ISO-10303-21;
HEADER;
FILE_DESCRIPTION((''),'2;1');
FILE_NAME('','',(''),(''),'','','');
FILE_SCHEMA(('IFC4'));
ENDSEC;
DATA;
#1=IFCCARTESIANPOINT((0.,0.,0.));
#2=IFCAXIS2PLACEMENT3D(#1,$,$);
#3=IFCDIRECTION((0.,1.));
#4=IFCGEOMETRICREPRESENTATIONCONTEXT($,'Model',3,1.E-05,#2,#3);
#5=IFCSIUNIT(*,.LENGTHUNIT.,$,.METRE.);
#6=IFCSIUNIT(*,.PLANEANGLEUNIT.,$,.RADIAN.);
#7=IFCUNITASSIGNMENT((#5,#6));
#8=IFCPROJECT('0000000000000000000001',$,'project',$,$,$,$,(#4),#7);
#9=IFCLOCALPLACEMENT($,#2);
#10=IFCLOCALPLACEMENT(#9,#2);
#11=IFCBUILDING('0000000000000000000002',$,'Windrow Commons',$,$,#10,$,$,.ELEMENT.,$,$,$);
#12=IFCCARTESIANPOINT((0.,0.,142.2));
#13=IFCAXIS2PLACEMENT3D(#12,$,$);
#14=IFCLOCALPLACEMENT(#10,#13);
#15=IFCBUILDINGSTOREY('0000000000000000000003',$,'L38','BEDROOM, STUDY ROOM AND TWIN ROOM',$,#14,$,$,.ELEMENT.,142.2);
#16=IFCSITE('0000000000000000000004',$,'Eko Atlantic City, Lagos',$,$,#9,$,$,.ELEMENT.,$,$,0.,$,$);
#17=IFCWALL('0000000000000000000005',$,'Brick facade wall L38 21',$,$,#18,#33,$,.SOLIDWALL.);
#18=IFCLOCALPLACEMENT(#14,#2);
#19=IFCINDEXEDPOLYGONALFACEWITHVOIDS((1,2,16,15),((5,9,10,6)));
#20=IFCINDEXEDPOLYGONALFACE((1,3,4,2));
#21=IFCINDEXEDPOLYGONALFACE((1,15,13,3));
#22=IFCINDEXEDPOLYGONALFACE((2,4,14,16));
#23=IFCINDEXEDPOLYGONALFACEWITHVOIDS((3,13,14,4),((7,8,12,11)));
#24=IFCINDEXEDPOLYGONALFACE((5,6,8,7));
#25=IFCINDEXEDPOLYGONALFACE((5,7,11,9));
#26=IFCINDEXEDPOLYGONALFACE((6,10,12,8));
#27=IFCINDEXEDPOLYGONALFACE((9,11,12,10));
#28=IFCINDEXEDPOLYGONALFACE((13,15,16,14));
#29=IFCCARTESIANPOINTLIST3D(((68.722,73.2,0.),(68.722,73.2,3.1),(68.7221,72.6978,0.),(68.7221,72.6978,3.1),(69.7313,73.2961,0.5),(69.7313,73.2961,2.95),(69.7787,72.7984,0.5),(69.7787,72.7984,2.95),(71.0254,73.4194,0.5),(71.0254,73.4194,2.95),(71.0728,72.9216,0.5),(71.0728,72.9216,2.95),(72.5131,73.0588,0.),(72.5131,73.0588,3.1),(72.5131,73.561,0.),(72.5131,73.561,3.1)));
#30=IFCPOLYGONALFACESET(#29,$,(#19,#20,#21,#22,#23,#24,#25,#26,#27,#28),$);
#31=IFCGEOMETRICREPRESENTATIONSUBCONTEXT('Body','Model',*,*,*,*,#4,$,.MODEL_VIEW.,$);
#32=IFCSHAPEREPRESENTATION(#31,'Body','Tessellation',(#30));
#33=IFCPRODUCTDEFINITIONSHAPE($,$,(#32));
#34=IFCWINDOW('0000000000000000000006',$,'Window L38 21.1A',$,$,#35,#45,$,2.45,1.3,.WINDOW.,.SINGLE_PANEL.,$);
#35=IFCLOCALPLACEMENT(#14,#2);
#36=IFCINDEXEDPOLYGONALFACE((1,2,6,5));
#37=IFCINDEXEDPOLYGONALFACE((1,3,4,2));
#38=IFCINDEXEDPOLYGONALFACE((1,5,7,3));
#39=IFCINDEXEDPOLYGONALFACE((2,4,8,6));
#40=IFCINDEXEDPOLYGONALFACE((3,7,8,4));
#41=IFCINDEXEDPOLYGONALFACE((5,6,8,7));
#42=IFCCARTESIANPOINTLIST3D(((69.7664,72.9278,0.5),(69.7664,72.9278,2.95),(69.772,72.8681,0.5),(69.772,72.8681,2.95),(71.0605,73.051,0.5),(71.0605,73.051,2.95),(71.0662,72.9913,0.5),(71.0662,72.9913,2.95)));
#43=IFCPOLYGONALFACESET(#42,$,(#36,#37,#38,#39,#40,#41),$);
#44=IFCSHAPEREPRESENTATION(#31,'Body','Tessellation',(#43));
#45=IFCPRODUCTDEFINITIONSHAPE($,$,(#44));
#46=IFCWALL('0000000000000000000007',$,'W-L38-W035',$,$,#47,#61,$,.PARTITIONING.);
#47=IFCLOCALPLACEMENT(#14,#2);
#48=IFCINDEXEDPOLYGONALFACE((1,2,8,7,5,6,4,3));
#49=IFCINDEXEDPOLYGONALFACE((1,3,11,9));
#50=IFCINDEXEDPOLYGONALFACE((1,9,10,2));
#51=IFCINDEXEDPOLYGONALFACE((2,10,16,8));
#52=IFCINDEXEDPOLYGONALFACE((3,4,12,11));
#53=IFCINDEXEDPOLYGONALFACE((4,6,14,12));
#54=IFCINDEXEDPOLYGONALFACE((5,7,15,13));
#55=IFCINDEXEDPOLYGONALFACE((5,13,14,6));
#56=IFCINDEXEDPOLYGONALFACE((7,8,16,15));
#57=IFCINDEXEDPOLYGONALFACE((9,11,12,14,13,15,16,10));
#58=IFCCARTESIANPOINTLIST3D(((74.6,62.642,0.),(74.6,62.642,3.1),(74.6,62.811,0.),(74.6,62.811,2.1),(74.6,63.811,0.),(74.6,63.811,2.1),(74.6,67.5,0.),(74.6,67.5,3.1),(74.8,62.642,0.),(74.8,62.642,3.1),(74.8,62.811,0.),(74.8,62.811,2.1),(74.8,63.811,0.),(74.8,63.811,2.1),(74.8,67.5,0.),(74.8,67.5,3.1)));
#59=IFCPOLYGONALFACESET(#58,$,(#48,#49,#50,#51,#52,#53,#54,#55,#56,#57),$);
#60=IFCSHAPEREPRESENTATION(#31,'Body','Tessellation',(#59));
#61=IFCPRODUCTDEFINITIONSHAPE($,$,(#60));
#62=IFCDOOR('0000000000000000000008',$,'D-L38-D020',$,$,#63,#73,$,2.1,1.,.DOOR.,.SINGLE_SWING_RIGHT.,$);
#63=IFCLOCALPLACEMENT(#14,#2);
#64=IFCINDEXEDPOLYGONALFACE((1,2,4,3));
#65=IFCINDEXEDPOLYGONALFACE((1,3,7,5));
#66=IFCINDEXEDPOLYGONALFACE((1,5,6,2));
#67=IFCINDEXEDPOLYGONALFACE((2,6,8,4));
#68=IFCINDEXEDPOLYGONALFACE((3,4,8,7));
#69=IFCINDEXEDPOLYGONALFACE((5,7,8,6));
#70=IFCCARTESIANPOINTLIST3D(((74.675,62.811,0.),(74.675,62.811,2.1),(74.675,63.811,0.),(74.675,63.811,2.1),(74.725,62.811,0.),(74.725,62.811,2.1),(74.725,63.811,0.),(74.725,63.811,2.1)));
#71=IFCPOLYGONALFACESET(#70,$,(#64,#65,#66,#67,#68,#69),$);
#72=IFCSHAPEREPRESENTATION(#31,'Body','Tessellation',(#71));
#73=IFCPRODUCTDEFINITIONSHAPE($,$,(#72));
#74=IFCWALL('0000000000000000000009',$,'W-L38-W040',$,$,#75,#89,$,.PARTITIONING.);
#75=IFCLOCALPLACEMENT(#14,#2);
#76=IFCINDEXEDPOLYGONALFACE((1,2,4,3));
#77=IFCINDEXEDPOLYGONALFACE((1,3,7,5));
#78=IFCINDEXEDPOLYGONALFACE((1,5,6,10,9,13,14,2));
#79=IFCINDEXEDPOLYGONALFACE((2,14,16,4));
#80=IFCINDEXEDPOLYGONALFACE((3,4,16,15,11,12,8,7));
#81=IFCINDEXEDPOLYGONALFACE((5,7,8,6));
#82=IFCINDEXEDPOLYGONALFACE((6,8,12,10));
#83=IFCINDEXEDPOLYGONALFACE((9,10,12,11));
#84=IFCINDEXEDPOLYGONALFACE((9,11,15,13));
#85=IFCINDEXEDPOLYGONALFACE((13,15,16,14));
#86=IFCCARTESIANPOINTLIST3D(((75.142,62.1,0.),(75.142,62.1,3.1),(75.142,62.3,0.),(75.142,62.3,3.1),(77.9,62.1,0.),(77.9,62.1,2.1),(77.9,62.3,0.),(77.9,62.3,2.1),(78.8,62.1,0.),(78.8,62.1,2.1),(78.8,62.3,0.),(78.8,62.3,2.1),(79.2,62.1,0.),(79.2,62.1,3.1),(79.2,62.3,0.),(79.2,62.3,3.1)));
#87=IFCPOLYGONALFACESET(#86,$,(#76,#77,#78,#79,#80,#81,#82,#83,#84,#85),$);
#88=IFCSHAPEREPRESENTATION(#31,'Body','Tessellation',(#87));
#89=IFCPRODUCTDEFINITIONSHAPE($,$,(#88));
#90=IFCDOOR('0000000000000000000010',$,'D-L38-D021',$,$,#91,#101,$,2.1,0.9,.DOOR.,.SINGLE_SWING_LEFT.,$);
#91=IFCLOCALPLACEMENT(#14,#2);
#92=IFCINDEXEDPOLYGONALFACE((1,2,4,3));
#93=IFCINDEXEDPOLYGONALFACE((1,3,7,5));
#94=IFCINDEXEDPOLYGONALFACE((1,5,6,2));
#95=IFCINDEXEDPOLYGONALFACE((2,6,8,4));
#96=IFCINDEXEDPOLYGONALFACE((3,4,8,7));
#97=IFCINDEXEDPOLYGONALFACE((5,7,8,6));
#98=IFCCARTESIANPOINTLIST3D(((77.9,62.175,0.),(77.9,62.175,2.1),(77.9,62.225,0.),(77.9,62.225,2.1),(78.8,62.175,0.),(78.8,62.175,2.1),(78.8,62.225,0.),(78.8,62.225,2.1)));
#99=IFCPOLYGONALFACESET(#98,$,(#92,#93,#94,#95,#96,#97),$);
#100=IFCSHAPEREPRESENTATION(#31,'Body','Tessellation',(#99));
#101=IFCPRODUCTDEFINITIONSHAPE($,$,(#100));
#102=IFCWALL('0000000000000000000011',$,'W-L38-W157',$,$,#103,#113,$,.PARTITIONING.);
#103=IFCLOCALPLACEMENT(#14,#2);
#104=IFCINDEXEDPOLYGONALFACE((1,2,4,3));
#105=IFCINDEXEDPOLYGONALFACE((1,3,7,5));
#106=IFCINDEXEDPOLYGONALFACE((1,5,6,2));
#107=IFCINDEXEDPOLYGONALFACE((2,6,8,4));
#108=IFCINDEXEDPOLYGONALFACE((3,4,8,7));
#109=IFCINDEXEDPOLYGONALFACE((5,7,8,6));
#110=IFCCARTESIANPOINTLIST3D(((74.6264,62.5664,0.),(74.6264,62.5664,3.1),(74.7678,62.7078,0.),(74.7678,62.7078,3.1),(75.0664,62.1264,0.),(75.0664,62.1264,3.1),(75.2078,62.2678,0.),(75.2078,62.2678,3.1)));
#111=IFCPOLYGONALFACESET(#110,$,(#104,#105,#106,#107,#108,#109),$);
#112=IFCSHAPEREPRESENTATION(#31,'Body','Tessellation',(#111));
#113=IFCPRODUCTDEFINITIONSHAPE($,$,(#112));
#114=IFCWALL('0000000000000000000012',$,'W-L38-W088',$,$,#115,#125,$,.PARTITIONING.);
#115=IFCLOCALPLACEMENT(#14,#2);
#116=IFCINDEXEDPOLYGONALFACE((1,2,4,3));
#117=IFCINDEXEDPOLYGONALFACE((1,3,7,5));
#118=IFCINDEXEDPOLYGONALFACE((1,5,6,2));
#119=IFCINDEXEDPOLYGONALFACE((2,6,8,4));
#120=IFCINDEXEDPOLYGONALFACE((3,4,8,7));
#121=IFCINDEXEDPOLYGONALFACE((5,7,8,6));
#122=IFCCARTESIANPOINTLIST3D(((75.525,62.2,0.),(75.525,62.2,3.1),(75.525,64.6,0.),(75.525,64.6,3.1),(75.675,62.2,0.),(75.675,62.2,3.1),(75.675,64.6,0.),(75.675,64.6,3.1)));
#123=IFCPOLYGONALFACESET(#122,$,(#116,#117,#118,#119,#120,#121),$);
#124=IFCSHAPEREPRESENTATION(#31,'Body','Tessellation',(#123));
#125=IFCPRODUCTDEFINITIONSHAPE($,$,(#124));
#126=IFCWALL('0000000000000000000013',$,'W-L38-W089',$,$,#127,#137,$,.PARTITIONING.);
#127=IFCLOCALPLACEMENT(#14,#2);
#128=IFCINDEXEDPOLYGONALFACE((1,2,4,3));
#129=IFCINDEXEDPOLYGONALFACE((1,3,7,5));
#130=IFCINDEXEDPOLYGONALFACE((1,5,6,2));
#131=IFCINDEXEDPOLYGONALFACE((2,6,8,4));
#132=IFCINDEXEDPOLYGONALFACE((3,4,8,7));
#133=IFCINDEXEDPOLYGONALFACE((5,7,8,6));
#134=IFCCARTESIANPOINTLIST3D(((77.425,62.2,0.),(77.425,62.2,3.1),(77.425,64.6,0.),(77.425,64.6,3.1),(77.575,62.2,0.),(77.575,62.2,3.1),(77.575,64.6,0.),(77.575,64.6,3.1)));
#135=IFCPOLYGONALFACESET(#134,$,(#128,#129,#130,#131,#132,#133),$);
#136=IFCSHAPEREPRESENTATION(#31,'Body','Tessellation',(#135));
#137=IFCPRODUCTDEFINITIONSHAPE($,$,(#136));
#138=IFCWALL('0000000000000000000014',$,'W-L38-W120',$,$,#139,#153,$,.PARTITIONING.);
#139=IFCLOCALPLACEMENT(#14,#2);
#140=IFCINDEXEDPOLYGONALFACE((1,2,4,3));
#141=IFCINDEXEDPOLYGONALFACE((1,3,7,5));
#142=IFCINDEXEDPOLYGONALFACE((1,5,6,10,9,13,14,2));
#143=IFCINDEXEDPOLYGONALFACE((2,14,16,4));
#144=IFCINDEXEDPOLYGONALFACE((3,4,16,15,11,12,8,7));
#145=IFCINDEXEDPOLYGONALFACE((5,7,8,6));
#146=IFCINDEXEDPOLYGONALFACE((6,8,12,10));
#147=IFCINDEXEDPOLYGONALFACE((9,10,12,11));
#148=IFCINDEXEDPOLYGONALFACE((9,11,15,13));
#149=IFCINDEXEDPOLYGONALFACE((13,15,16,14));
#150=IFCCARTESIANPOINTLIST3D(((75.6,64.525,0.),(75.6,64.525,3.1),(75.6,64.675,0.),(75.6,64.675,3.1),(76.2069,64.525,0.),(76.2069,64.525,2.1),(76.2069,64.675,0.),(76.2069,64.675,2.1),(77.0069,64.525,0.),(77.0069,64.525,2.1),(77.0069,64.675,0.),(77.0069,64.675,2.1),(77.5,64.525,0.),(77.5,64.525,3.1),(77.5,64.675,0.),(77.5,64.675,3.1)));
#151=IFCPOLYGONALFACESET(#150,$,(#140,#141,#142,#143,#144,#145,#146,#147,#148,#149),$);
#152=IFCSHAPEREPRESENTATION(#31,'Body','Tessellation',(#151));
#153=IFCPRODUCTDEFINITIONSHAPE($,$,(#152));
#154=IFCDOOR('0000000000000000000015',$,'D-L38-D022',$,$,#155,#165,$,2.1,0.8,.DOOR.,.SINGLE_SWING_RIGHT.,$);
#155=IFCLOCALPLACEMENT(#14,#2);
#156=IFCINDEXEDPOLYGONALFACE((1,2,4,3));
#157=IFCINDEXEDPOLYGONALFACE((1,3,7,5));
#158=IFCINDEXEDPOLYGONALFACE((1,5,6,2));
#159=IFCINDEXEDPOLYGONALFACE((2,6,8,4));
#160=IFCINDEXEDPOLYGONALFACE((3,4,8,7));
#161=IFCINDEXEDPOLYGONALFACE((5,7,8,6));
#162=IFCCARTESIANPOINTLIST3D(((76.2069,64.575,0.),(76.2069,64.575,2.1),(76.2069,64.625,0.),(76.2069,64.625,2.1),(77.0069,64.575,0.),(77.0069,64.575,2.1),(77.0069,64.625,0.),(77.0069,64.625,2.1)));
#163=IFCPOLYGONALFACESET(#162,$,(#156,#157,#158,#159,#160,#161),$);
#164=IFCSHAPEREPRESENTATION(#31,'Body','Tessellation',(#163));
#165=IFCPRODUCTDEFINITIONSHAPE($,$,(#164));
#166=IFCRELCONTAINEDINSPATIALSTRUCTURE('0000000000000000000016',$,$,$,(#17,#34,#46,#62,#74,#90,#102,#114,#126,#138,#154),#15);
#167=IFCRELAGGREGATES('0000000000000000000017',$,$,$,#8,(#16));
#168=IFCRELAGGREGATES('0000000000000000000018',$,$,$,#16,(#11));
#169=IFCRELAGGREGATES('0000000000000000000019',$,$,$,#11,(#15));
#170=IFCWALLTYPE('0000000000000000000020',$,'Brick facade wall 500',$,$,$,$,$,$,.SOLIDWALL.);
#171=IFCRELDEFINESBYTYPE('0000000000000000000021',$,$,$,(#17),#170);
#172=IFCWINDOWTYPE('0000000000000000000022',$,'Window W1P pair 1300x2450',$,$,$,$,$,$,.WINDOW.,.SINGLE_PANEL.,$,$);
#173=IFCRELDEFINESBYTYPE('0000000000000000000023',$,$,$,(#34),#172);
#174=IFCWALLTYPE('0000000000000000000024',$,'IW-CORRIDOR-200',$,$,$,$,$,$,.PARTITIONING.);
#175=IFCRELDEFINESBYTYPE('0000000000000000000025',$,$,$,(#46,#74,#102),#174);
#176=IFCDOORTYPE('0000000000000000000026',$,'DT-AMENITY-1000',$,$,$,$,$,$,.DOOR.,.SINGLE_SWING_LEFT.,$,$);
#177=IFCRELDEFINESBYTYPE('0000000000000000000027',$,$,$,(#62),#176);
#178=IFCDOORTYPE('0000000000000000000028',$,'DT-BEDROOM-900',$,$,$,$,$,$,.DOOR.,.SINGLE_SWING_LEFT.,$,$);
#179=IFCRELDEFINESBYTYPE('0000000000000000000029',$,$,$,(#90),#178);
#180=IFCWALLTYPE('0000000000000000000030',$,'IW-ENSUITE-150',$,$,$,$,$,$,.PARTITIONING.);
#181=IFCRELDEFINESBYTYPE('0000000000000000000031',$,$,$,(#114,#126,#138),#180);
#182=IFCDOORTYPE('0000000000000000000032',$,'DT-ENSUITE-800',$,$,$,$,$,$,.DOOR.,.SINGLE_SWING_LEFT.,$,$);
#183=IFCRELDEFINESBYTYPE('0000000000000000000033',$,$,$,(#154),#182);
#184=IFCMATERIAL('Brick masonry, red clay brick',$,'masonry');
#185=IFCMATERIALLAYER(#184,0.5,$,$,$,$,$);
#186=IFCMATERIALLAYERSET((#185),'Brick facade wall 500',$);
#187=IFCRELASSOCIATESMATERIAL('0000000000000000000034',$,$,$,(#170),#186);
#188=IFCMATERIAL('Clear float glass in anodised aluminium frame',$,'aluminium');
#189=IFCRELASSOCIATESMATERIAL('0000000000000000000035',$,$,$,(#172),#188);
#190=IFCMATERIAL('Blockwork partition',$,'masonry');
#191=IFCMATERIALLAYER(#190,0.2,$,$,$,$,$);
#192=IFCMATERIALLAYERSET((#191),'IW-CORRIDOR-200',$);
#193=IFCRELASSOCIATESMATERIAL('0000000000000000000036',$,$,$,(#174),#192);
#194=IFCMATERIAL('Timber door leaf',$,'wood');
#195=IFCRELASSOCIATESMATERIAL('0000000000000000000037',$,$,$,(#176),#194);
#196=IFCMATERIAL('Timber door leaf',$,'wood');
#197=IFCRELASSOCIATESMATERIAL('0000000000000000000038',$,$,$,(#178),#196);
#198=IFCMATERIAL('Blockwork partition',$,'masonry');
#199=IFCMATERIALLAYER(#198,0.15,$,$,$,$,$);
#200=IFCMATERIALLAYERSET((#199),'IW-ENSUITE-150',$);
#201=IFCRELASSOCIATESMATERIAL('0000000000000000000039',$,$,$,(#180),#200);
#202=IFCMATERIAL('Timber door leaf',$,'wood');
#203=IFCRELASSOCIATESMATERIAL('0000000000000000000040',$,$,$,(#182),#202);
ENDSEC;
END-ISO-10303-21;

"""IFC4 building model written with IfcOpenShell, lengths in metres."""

from ifc_helpers import new_model, si_unit, direction, frame, frame_2d, origin, place, context, subcontext, project, spatial, polyline, rectangle, outline, extrude, material, layer, layer_set, type_object, element, fill, save


model = new_model("IFC4")

# Units and contexts
model_context = context("Model", 3, precision=1e-05, world=origin(), true_north=direction((0.0, 1.0)))
body_context = subcontext(model_context, "Body", "Model", "MODEL_VIEW")
ifc_project = project(units=[si_unit("LENGTHUNIT", "METRE"), si_unit("PLANEANGLEUNIT", "RADIAN")], contexts=[model_context])

# Site, building, storey
site_placement = place(None, origin())
site = spatial("IfcSite", under=ifc_project, at=site_placement, Name="Eko Atlantic City, Lagos", CompositionType="ELEMENT", RefElevation=0.0)
building_placement = place(site_placement, origin())
building = spatial("IfcBuilding", under=site, at=building_placement, Name="Windrow Commons", CompositionType="ELEMENT")
storey_placement = place(building_placement, frame((0.0, 0.0, 142.2)))
storey = spatial("IfcBuildingStorey", under=building, at=storey_placement, Name="L38", Description="BEDROOM, STUDY ROOM AND TWIN ROOM", CompositionType="ELEMENT", Elevation=142.2)

# Wall, opening, window
ifc_material_1 = material(Name="Brick masonry, red clay brick", Category="masonry")
ifc_layer_1 = layer(ifc_material_1, 0.5)
ifc_layer_set_1 = layer_set([ifc_layer_1], Name="Brick facade wall 500")
wall_type_1 = type_object("IfcWallType", Name="Brick facade wall 500", PredefinedType="SOLIDWALL", material=ifc_layer_set_1)
wall_1_placement = place(storey_placement, frame((72.5131, 73.3099, 0.0), z_axis=(0.0, 0.0, 1.0), x_axis=(-0.995497, -0.094797, 0.0)))
wall_1 = element("IfcWall", 1, at=wall_1_placement, inside=storey, type_object=wall_type_1, Name="Brick facade wall L38 21", PredefinedType="SOLIDWALL", context=body_context, shape_type="SweptSolid", body=[
    extrude(outline(polyline([(-0.0238, -0.25), (3.7844, -0.25), (3.832, 0.25), (0.0238, 0.25), (-0.0238, -0.25)])), origin(), (0.0, 0.0, 1.0), 3.1),
])
opening_1_placement = place(wall_1_placement, frame((1.4706, 0.0, 0.5)))
opening_1 = element("IfcOpeningElement", 2, at=opening_1_placement, cuts=wall_1, PredefinedType="OPENING", context=body_context, shape_type="SweptSolid", body=[
    extrude(rectangle(XDim=1.3, YDim=2.45, at=frame_2d((0.65, 1.225))), frame((0.0, 0.26, 0.0), z_axis=(0.0, -1.0, 0.0), x_axis=(1.0, 0.0, 0.0)), (0.0, 0.0, 1.0), 0.52),
])
ifc_material_2 = material(Name="Clear float glass in anodised aluminium frame", Category="aluminium")
window_type_1 = type_object("IfcWindowType", Name="Window W1P pair 1300x2450", PartitioningType="SINGLE_PANEL", PredefinedType="WINDOW", material=ifc_material_2)
window_1_placement = place(opening_1_placement, origin())
window_1 = element("IfcWindow", 3, at=window_1_placement, inside=storey, type_object=window_type_1, Name="Window L38 21.1A", OverallHeight=2.45, OverallWidth=1.3, PartitioningType="SINGLE_PANEL", PredefinedType="WINDOW", context=body_context, shape_type="SweptSolid", body=[
    extrude(rectangle(XDim=1.3, YDim=2.45, at=frame_2d((0.65, 1.225))), frame((0.0, 0.18, 0.0), z_axis=(0.0, -1.0, 0.0), x_axis=(1.0, 0.0, 0.0)), (0.0, 0.0, 1.0), 0.06),
])
fill(opening_1, window_1)

# Walls, openings, doors
ifc_material_3 = material(Name="Blockwork partition", Category="masonry")
ifc_layer_2 = layer(ifc_material_3, 0.2)
ifc_layer_set_2 = layer_set([ifc_layer_2], Name="IW-CORRIDOR-200")
wall_type_2 = type_object("IfcWallType", Name="IW-CORRIDOR-200", PredefinedType="PARTITIONING", material=ifc_layer_set_2)
wall_2_placement = place(storey_placement, frame((74.7, 62.642, 0.0), z_axis=(0.0, 0.0, 1.0), x_axis=(0.0, 1.0, 0.0)))
wall_2 = element("IfcWall", 4, at=wall_2_placement, inside=storey, type_object=wall_type_2, Name="W-L38-W035", PredefinedType="PARTITIONING", context=body_context, shape_type="SweptSolid", body=[
    extrude(rectangle(XDim=4.858, YDim=0.2, at=frame_2d((2.429, 0.0))), origin(), (0.0, 0.0, 1.0), 3.1),
])
opening_2_placement = place(wall_2_placement, frame((0.169, 0.0, 0.0)))
opening_2 = element("IfcOpeningElement", 5, at=opening_2_placement, cuts=wall_2, PredefinedType="OPENING", context=body_context, shape_type="SweptSolid", body=[
    extrude(rectangle(XDim=1.0, YDim=2.1, at=frame_2d((0.5, 1.05))), frame((0.0, 0.11, 0.0), z_axis=(0.0, -1.0, 0.0), x_axis=(1.0, 0.0, 0.0)), (0.0, 0.0, 1.0), 0.22),
])
ifc_material_4 = material(Name="Timber door leaf", Category="wood")
door_type_1 = type_object("IfcDoorType", Name="DT-AMENITY-1000", OperationType="SINGLE_SWING_LEFT", PredefinedType="DOOR", material=ifc_material_4)
door_1_placement = place(opening_2_placement, origin())
door_1 = element("IfcDoor", 6, at=door_1_placement, inside=storey, type_object=door_type_1, Name="D-L38-D020", OperationType="SINGLE_SWING_RIGHT", OverallHeight=2.1, OverallWidth=1.0, PredefinedType="DOOR", context=body_context, shape_type="SweptSolid", body=[
    extrude(rectangle(XDim=1.0, YDim=2.1, at=frame_2d((0.5, 1.05))), frame((0.0, 0.025, 0.0), z_axis=(0.0, -1.0, 0.0), x_axis=(1.0, 0.0, 0.0)), (0.0, 0.0, 1.0), 0.05),
])
fill(opening_2, door_1)
wall_3_placement = place(storey_placement, frame((75.142, 62.2, 0.0), z_axis=(0.0, 0.0, 1.0), x_axis=(1.0, 0.0, 0.0)))
wall_3 = element("IfcWall", 7, at=wall_3_placement, inside=storey, type_object=wall_type_2, Name="W-L38-W040", PredefinedType="PARTITIONING", context=body_context, shape_type="SweptSolid", body=[
    extrude(rectangle(XDim=4.058, YDim=0.2, at=frame_2d((2.029, 0.0))), origin(), (0.0, 0.0, 1.0), 3.1),
])
opening_3_placement = place(wall_3_placement, frame((2.758, 0.0, 0.0)))
opening_3 = element("IfcOpeningElement", 8, at=opening_3_placement, cuts=wall_3, PredefinedType="OPENING", context=body_context, shape_type="SweptSolid", body=[
    extrude(rectangle(XDim=0.9, YDim=2.1, at=frame_2d((0.45, 1.05))), frame((0.0, 0.11, 0.0), z_axis=(0.0, -1.0, 0.0), x_axis=(1.0, 0.0, 0.0)), (0.0, 0.0, 1.0), 0.22),
])
ifc_material_5 = material(Name="Timber door leaf", Category="wood")
door_type_2 = type_object("IfcDoorType", Name="DT-BEDROOM-900", OperationType="SINGLE_SWING_LEFT", PredefinedType="DOOR", material=ifc_material_5)
door_2_placement = place(opening_3_placement, origin())
door_2 = element("IfcDoor", 9, at=door_2_placement, inside=storey, type_object=door_type_2, Name="D-L38-D021", OperationType="SINGLE_SWING_LEFT", OverallHeight=2.1, OverallWidth=0.9, PredefinedType="DOOR", context=body_context, shape_type="SweptSolid", body=[
    extrude(rectangle(XDim=0.9, YDim=2.1, at=frame_2d((0.45, 1.05))), frame((0.0, 0.025, 0.0), z_axis=(0.0, -1.0, 0.0), x_axis=(1.0, 0.0, 0.0)), (0.0, 0.0, 1.0), 0.05),
])
fill(opening_3, door_2)

# Walls
wall_4_placement = place(storey_placement, frame((74.6971, 62.6371, 0.0), z_axis=(0.0, 0.0, 1.0), x_axis=(0.707107, -0.707107, 0.0)))
element("IfcWall", 10, at=wall_4_placement, inside=storey, type_object=wall_type_2, Name="W-L38-W157", PredefinedType="PARTITIONING", context=body_context, shape_type="SweptSolid", body=[
    extrude(rectangle(XDim=0.6223, YDim=0.2, at=frame_2d((0.3111, 0.0))), origin(), (0.0, 0.0, 1.0), 3.1),
])
ifc_material_6 = material(Name="Blockwork partition", Category="masonry")
ifc_layer_3 = layer(ifc_material_6, 0.15)
ifc_layer_set_3 = layer_set([ifc_layer_3], Name="IW-ENSUITE-150")
wall_type_3 = type_object("IfcWallType", Name="IW-ENSUITE-150", PredefinedType="PARTITIONING", material=ifc_layer_set_3)
for number, where, z_axis, x_axis, name in (
    (11, (75.6, 62.2, 0.0), (0.0, 0.0, 1.0), (0.0, 1.0, 0.0), "W-L38-W088"),
    (12, (77.5, 62.2, 0.0), (0.0, 0.0, 1.0), (0.0, 1.0, 0.0), "W-L38-W089"),
):
    element("IfcWall", number, at=place(storey_placement, frame(where, z_axis=z_axis, x_axis=x_axis)), inside=storey, type_object=wall_type_3, Name=name, PredefinedType="PARTITIONING", context=body_context, shape_type="SweptSolid", body=[
        extrude(rectangle(XDim=2.4, YDim=0.15, at=frame_2d((1.2, 0.0))), origin(), (0.0, 0.0, 1.0), 3.1),
    ])

# Wall, opening, door
wall_5_placement = place(storey_placement, frame((75.6, 64.6, 0.0), z_axis=(0.0, 0.0, 1.0), x_axis=(1.0, 0.0, 0.0)))
wall_5 = element("IfcWall", 13, at=wall_5_placement, inside=storey, type_object=wall_type_3, Name="W-L38-W120", PredefinedType="PARTITIONING", context=body_context, shape_type="SweptSolid", body=[
    extrude(rectangle(XDim=1.9, YDim=0.15, at=frame_2d((0.95, 0.0))), origin(), (0.0, 0.0, 1.0), 3.1),
])
opening_4_placement = place(wall_5_placement, frame((0.6069, 0.0, 0.0)))
opening_4 = element("IfcOpeningElement", 14, at=opening_4_placement, cuts=wall_5, PredefinedType="OPENING", context=body_context, shape_type="SweptSolid", body=[
    extrude(rectangle(XDim=0.8, YDim=2.1, at=frame_2d((0.4, 1.05))), frame((0.0, 0.085, 0.0), z_axis=(0.0, -1.0, 0.0), x_axis=(1.0, 0.0, 0.0)), (0.0, 0.0, 1.0), 0.17),
])
ifc_material_7 = material(Name="Timber door leaf", Category="wood")
door_type_3 = type_object("IfcDoorType", Name="DT-ENSUITE-800", OperationType="SINGLE_SWING_LEFT", PredefinedType="DOOR", material=ifc_material_7)
door_3_placement = place(opening_4_placement, origin())
door_3 = element("IfcDoor", 15, at=door_3_placement, inside=storey, type_object=door_type_3, Name="D-L38-D022", OperationType="SINGLE_SWING_RIGHT", OverallHeight=2.1, OverallWidth=0.8, PredefinedType="DOOR", context=body_context, shape_type="SweptSolid", body=[
    extrude(rectangle(XDim=0.8, YDim=2.1, at=frame_2d((0.4, 1.05))), frame((0.0, 0.025, 0.0), z_axis=(0.0, -1.0, 0.0), x_axis=(1.0, 0.0, 0.0)), (0.0, 0.0, 1.0), 0.05),
])
fill(opening_4, door_3)

save(model, "model.ifc")
